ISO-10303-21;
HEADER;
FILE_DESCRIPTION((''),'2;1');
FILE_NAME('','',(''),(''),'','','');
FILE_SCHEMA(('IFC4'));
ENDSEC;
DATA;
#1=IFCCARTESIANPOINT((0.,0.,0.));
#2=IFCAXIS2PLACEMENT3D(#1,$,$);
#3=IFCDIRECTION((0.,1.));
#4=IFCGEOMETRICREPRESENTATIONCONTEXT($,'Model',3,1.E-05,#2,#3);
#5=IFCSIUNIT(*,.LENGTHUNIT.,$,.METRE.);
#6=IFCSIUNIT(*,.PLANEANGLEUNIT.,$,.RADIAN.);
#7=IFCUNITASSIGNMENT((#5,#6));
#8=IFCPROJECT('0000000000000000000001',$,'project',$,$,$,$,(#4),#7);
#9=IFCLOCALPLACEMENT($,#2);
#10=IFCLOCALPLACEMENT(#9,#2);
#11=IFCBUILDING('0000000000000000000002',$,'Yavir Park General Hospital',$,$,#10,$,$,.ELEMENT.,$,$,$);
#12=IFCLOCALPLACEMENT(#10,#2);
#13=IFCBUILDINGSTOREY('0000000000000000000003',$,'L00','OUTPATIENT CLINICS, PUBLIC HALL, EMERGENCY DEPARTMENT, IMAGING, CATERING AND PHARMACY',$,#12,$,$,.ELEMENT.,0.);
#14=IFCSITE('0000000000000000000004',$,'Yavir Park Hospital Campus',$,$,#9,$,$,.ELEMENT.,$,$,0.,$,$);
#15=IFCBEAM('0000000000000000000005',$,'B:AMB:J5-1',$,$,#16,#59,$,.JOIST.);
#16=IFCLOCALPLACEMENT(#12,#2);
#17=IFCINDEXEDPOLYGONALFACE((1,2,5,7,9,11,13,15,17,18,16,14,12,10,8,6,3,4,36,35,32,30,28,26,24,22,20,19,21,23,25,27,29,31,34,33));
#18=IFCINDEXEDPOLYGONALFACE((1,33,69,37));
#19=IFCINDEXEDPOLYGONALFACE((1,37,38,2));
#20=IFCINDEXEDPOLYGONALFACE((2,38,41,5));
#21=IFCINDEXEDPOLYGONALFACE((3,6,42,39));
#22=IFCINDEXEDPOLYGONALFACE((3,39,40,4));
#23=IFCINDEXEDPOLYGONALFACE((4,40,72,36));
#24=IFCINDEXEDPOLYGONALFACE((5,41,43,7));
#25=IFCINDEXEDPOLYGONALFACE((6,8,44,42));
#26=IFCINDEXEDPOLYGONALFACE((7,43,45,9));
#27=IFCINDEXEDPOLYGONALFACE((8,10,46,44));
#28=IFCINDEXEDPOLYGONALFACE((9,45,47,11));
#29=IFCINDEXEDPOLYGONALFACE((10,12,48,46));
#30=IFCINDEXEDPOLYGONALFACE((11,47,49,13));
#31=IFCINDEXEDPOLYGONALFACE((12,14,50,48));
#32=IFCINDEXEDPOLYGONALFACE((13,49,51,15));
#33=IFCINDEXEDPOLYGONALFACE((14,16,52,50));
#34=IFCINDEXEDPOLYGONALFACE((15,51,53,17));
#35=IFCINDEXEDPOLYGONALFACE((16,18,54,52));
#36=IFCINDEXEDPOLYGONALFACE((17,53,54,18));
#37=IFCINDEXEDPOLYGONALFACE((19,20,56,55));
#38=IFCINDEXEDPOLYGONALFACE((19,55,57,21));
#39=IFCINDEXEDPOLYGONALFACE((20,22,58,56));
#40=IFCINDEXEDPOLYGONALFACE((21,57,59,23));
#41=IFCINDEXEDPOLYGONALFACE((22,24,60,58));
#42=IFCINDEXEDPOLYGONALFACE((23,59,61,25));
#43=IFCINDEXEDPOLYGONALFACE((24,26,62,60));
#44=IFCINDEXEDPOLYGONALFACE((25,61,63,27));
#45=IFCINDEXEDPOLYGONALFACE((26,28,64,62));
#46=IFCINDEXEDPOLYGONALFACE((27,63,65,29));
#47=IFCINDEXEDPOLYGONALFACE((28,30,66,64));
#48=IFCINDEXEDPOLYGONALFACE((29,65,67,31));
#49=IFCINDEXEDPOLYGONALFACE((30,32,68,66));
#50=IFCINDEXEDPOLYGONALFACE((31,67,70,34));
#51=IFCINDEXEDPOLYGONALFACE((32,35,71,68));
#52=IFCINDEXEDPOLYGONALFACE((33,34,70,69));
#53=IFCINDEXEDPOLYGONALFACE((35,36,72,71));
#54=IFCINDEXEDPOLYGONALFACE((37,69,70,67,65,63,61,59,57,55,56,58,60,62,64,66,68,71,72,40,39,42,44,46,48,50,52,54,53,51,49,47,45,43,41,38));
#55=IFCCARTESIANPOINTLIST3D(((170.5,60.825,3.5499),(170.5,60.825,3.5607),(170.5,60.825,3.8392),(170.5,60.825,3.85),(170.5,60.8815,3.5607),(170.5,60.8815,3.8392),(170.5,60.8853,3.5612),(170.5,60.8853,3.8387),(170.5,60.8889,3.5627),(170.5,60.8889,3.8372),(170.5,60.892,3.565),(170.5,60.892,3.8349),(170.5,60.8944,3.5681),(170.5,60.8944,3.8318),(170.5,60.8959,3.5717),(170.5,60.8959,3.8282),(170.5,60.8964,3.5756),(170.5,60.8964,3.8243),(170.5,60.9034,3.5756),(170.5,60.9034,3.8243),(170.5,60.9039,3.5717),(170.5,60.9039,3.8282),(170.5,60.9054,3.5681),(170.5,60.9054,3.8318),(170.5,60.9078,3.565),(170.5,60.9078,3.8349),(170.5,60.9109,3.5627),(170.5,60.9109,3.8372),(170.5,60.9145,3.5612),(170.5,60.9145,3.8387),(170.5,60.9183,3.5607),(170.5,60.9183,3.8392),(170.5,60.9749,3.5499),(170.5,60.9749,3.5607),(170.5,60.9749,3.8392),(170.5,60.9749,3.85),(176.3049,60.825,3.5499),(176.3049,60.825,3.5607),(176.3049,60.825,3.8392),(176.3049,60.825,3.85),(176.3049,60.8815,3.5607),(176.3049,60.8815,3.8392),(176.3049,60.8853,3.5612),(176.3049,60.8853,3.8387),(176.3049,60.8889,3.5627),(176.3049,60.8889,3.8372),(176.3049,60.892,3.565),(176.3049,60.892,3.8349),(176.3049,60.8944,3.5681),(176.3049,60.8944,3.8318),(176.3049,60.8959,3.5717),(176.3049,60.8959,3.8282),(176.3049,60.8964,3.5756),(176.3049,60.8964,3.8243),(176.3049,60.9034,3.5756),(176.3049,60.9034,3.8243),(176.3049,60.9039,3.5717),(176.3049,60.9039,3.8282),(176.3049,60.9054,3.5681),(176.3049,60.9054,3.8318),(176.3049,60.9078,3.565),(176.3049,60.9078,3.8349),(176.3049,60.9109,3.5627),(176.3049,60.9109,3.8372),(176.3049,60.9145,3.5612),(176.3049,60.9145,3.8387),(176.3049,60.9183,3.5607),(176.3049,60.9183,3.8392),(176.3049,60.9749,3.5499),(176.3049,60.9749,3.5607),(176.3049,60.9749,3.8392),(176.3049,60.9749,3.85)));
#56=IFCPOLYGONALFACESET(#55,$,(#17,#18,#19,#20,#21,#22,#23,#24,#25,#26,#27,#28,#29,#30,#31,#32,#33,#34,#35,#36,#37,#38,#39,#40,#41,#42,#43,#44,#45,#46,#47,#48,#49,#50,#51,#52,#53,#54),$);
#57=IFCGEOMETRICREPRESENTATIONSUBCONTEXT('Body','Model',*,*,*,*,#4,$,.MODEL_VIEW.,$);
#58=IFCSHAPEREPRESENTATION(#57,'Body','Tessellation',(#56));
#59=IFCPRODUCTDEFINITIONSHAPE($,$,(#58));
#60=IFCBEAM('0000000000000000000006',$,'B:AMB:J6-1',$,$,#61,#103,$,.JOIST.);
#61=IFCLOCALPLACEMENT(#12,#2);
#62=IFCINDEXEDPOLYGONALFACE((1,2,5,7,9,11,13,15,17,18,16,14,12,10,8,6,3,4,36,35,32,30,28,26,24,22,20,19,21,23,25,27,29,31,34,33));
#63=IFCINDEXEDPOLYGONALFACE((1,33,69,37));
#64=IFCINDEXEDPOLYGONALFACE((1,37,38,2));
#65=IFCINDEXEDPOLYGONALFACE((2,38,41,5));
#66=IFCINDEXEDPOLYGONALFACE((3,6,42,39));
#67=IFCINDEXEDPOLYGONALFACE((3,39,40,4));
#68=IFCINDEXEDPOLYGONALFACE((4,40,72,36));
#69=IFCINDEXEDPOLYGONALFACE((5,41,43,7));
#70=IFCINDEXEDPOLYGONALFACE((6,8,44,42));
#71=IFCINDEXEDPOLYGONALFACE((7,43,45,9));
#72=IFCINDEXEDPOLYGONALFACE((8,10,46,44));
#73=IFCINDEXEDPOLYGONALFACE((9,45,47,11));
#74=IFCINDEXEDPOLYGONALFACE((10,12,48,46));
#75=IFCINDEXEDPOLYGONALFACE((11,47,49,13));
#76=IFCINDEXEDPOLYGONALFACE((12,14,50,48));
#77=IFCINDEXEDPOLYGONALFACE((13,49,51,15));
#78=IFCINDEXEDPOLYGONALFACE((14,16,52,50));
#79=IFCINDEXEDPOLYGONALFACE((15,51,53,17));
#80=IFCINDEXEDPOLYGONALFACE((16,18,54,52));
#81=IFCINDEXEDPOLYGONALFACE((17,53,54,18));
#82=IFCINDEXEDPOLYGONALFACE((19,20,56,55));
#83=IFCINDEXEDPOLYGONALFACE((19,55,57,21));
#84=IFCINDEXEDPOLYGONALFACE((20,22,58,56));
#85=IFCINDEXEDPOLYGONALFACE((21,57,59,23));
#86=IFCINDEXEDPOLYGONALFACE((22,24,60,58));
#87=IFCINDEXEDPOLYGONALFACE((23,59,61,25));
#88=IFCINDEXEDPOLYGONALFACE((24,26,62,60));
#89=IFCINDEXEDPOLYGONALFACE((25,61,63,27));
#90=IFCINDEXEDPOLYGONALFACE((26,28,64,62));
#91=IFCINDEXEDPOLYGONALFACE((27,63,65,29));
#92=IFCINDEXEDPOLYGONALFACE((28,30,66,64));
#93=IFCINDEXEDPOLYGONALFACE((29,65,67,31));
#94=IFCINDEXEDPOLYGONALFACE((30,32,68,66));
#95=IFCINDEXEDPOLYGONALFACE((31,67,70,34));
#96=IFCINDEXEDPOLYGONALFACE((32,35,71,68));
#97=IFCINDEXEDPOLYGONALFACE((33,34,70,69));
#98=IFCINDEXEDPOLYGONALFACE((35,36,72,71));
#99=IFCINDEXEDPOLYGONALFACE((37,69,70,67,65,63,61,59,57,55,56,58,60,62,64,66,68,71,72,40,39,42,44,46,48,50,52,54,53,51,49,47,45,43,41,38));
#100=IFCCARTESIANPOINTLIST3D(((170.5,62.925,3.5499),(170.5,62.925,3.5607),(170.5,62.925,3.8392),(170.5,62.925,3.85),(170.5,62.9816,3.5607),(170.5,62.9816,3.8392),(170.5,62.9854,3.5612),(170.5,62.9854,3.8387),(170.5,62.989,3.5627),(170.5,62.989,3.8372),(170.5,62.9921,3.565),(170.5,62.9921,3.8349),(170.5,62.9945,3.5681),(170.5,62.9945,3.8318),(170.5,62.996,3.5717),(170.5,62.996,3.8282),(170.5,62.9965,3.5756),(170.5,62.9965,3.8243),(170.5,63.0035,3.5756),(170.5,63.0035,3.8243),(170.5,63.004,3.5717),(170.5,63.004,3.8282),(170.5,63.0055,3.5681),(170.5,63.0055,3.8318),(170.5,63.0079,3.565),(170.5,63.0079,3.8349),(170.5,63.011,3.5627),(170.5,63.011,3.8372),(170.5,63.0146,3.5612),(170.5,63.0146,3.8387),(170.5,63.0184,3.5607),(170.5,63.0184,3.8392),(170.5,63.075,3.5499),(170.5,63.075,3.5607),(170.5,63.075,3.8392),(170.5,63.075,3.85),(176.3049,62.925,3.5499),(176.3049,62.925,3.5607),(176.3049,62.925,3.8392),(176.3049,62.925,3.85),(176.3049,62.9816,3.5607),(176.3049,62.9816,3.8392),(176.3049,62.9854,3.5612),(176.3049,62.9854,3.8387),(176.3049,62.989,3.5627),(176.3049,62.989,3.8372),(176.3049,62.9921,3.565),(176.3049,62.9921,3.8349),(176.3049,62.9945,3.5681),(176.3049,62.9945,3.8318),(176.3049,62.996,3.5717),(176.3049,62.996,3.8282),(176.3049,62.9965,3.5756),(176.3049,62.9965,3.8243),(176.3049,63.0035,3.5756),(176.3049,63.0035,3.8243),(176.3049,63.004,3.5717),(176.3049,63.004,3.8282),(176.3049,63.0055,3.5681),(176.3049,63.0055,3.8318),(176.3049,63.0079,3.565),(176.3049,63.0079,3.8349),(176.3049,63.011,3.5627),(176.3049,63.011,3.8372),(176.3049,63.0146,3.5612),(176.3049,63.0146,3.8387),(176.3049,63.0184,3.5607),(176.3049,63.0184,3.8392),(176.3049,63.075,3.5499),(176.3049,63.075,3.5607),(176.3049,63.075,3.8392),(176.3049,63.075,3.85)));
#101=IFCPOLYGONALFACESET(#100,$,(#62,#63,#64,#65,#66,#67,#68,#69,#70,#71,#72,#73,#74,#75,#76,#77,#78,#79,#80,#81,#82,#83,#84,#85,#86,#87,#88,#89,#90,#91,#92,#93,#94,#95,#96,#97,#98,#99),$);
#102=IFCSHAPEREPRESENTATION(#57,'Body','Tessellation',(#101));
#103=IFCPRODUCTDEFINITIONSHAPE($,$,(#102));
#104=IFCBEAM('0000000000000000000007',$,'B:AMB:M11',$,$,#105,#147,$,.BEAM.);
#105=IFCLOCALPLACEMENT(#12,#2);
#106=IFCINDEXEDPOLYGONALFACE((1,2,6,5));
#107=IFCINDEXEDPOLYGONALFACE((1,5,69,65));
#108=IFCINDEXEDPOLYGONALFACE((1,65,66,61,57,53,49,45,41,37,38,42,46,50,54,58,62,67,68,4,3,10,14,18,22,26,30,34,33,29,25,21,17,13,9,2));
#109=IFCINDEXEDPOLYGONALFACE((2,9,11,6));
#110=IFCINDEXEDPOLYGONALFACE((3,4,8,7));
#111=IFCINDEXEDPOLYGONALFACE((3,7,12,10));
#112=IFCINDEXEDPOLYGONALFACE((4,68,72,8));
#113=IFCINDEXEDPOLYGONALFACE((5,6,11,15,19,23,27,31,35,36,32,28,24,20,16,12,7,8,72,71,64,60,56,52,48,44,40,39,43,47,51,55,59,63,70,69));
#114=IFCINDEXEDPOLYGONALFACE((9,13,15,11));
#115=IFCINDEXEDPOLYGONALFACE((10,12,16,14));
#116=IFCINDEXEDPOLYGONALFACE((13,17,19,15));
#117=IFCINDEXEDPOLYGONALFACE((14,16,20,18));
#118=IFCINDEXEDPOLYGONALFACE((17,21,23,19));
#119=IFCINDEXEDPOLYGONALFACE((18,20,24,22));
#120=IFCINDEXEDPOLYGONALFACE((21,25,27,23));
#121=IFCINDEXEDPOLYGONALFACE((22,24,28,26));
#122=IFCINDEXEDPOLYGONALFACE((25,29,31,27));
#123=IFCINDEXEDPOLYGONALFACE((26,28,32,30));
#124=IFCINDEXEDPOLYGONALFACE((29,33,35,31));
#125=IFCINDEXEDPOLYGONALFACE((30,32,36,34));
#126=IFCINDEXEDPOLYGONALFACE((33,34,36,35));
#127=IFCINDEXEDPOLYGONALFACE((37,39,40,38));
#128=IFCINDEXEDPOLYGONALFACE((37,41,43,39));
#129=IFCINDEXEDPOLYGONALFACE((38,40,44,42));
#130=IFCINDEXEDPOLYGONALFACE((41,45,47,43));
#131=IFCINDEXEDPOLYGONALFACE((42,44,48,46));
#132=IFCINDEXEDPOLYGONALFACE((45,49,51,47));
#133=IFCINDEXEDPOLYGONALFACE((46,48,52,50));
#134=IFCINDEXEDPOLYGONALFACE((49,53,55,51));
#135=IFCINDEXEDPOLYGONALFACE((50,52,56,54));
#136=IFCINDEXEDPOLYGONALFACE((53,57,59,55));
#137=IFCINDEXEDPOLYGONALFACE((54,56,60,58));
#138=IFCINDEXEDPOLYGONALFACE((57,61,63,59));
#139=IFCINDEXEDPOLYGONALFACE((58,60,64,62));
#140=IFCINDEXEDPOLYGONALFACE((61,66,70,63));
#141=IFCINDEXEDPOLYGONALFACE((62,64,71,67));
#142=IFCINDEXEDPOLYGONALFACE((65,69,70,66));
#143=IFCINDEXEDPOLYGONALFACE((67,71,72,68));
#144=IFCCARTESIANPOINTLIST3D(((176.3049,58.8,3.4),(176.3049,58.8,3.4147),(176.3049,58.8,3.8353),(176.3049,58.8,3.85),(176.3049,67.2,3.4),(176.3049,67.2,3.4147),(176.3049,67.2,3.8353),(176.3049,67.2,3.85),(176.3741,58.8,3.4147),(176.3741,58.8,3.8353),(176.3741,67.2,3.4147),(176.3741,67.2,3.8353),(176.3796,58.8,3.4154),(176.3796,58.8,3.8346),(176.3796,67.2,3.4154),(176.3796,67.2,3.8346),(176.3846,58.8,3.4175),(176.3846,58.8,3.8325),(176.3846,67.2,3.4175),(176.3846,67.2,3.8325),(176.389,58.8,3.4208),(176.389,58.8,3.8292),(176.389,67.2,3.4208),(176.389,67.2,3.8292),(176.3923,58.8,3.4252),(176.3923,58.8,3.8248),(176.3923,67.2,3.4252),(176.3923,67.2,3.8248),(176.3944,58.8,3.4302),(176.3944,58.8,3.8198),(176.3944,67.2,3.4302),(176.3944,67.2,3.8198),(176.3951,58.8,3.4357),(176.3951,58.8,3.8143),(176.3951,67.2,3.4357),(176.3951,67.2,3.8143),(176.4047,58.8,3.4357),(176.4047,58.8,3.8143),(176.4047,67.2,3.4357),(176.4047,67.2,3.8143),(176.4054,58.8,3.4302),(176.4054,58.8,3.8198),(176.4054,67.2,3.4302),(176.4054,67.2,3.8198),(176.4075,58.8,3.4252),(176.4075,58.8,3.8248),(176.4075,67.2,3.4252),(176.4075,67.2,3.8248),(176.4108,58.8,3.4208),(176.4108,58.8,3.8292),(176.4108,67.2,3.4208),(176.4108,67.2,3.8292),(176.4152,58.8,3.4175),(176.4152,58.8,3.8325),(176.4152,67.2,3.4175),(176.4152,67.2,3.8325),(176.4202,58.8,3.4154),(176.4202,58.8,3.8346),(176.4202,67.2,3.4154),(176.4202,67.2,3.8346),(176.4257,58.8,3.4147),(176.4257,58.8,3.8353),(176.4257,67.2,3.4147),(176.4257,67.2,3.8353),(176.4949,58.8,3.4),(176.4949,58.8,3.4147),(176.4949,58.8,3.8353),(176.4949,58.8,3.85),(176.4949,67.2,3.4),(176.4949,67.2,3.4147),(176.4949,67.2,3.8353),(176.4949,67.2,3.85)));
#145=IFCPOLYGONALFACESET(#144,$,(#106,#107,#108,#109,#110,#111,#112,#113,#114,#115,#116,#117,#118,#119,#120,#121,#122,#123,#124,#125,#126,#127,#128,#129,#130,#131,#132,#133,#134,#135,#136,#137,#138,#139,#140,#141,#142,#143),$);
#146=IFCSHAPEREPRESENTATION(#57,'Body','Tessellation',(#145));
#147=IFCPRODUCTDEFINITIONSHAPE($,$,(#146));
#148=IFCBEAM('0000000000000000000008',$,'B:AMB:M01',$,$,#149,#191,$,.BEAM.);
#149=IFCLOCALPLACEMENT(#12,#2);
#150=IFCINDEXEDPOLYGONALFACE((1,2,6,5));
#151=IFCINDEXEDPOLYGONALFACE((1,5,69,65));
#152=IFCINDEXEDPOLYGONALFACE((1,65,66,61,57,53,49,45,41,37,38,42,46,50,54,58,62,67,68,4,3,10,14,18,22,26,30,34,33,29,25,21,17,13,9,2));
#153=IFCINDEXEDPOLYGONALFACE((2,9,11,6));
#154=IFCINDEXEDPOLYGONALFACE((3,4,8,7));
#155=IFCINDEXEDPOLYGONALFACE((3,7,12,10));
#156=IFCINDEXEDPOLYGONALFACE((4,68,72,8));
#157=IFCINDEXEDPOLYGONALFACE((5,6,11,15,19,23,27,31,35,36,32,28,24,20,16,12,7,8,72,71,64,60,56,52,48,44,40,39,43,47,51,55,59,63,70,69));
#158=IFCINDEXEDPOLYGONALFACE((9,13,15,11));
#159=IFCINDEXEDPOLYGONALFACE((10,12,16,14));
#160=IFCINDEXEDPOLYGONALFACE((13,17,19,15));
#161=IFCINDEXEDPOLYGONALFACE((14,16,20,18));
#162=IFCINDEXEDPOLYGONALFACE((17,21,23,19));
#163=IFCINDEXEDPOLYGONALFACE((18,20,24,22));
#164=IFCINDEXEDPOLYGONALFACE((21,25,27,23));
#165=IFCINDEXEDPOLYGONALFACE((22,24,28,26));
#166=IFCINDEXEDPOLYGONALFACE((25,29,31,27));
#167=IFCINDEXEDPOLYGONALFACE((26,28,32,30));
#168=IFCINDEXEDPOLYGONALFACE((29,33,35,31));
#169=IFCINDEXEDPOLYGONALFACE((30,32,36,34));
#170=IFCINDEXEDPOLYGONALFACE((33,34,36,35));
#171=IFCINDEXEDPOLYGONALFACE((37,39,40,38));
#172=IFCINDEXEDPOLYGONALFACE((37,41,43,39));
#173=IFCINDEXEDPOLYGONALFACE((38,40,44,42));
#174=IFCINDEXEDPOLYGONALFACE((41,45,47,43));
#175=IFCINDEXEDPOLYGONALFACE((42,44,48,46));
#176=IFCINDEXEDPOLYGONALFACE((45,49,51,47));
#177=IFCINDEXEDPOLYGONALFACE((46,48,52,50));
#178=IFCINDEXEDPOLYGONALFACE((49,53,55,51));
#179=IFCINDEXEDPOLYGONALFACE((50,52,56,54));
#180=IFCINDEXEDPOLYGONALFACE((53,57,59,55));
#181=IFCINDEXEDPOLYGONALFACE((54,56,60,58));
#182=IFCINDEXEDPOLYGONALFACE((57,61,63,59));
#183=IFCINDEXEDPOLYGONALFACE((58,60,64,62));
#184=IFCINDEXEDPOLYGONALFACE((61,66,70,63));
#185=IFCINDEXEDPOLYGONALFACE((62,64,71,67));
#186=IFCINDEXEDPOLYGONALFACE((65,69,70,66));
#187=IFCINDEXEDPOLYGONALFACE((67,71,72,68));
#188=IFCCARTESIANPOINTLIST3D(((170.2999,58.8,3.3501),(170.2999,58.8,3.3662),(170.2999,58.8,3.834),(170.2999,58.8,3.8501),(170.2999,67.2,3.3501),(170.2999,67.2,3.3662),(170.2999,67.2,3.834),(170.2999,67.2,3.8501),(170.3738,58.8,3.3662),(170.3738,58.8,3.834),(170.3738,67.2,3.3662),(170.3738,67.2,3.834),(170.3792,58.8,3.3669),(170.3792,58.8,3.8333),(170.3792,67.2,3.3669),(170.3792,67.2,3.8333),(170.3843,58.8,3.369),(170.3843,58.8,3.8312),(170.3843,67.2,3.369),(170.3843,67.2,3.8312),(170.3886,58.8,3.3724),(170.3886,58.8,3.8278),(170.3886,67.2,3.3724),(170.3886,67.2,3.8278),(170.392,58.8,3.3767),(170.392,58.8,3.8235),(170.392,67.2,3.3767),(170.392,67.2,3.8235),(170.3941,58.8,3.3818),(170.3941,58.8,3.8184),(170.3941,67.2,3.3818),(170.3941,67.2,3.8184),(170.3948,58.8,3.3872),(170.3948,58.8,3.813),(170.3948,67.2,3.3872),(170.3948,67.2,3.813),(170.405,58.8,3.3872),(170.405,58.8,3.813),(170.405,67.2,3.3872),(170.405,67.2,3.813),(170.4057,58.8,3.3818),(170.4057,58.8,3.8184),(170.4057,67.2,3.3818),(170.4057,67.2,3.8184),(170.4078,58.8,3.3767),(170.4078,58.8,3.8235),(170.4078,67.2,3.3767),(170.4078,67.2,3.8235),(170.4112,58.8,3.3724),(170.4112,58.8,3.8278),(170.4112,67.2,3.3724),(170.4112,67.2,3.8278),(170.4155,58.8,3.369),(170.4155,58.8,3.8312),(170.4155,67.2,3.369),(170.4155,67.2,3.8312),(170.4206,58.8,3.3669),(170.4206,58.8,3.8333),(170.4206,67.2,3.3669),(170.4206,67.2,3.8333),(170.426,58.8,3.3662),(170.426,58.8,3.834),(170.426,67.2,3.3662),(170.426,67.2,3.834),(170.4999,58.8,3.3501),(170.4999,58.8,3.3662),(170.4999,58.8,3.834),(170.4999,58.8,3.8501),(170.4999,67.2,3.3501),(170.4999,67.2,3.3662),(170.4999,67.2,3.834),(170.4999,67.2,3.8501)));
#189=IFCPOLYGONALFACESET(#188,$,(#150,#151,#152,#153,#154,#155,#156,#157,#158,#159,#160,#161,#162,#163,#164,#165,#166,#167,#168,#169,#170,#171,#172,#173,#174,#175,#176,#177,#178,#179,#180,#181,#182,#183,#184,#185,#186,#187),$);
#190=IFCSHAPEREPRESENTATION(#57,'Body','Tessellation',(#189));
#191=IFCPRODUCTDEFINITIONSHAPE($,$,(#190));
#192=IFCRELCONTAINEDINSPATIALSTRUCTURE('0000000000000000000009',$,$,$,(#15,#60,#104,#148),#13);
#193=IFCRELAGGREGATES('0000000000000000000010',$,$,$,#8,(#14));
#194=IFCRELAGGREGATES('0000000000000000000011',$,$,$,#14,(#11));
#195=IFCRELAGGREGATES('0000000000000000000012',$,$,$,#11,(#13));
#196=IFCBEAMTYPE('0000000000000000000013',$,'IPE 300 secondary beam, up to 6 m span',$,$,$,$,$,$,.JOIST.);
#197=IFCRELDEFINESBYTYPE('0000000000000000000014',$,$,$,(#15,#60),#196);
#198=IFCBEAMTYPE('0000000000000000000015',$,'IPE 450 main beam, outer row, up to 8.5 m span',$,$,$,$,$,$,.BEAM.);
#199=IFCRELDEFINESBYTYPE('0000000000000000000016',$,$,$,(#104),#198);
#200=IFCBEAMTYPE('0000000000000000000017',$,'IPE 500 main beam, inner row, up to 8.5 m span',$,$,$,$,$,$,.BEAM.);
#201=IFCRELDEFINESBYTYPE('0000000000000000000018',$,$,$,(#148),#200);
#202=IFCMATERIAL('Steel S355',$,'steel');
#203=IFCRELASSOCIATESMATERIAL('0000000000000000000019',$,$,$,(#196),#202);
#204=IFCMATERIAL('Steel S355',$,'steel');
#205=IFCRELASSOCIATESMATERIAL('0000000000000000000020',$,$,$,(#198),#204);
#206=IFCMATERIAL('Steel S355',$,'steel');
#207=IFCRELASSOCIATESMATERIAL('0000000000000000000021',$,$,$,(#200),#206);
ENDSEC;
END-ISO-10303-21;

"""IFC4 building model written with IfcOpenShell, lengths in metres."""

from ifc_helpers import new_model, si_unit, direction, frame, origin, origin_2d, place, context, subcontext, project, spatial, i_section, extrude, material, material_profile, profile_set, type_object, element, save


model = new_model("IFC4")

# Units and contexts
model_context = context("Model", 3, precision=1e-05, world=origin(), true_north=direction((0.0, 1.0)))
body_context = subcontext(model_context, "Body", "Model", "MODEL_VIEW")
ifc_project = project(units=[si_unit("LENGTHUNIT", "METRE"), si_unit("PLANEANGLEUNIT", "RADIAN")], contexts=[model_context])

# Site, building, storey
site_placement = place(None, origin())
site = spatial("IfcSite", under=ifc_project, at=site_placement, Name="Yavir Park Hospital Campus", CompositionType="ELEMENT", RefElevation=0.0)
building_placement = place(site_placement, origin())
building = spatial("IfcBuilding", under=site, at=building_placement, Name="Yavir Park General Hospital", CompositionType="ELEMENT")
storey_placement = place(building_placement, origin())
storey = spatial("IfcBuildingStorey", under=building, at=storey_placement, Name="L00", Description="OUTPATIENT CLINICS, PUBLIC HALL, EMERGENCY DEPARTMENT, IMAGING, CATERING AND PHARMACY", CompositionType="ELEMENT", Elevation=0.0)

# Beams
ifc_material_1 = material(Name="Steel S355", Category="steel")
ifc_material_profile_1 = material_profile(ifc_material_1, i_section(OverallWidth=0.1499, OverallDepth=0.3, WebThickness=0.0071, FlangeThickness=0.0107, FilletRadius=0.0149, at=origin_2d()), Name="IPE300")
ifc_profile_set_1 = profile_set([ifc_material_profile_1], Name="Steel S355")
beam_type_1 = type_object("IfcBeamType", Name="IPE 300 secondary beam, up to 6 m span", PredefinedType="JOIST", material=ifc_profile_set_1)
for number, where, z_axis, x_axis, name in (
    (1, (170.5, 60.8999, 3.7), (1.0, 0.0, 0.0), (0.0, 1.0, 0.0), "B:AMB:J5-1"),
    (2, (170.5, 63.0, 3.7), (1.0, 0.0, 0.0), (0.0, 1.0, 0.0), "B:AMB:J6-1"),
):
    element("IfcBeam", number, at=place(storey_placement, frame(where, z_axis=z_axis, x_axis=x_axis)), inside=storey, type_object=beam_type_1, Name=name, PredefinedType="JOIST", context=body_context, shape_type="SweptSolid", body=[
        extrude(i_section(OverallWidth=0.1499, OverallDepth=0.3, WebThickness=0.0071, FlangeThickness=0.0107, FilletRadius=0.0149, at=origin_2d()), origin(), (0.0, 0.0, 1.0), 5.8049),
    ])
ifc_material_2 = material(Name="Steel S355", Category="steel")
ifc_material_profile_2 = material_profile(ifc_material_2, i_section(OverallWidth=0.1899, OverallDepth=0.45, WebThickness=0.0095, FlangeThickness=0.0146, FilletRadius=0.021, at=origin_2d()), Name="IPE450")
ifc_profile_set_2 = profile_set([ifc_material_profile_2], Name="Steel S355")
beam_type_2 = type_object("IfcBeamType", Name="IPE 450 main beam, outer row, up to 8.5 m span", PredefinedType="BEAM", material=ifc_profile_set_2)
beam_1_placement = place(storey_placement, frame((176.3999, 58.8, 3.625), z_axis=(0.0, 1.0, 0.0), x_axis=(-1.0, 0.0, 0.0)))
element("IfcBeam", 3, at=beam_1_placement, inside=storey, type_object=beam_type_2, Name="B:AMB:M11", PredefinedType="BEAM", context=body_context, shape_type="SweptSolid", body=[
    extrude(i_section(OverallWidth=0.1899, OverallDepth=0.45, WebThickness=0.0095, FlangeThickness=0.0146, FilletRadius=0.021, at=origin_2d()), origin(), (0.0, 0.0, 1.0), 8.3999),
])
ifc_material_3 = material(Name="Steel S355", Category="steel")
ifc_material_profile_3 = material_profile(ifc_material_3, i_section(OverallWidth=0.2, OverallDepth=0.5, WebThickness=0.0103, FlangeThickness=0.0161, FilletRadius=0.021, at=origin_2d()), Name="IPE500")
ifc_profile_set_3 = profile_set([ifc_material_profile_3], Name="Steel S355")
beam_type_3 = type_object("IfcBeamType", Name="IPE 500 main beam, inner row, up to 8.5 m span", PredefinedType="BEAM", material=ifc_profile_set_3)
beam_2_placement = place(storey_placement, frame((170.3999, 58.8, 3.6001), z_axis=(0.0, 1.0, 0.0), x_axis=(-1.0, 0.0, 0.0)))
element("IfcBeam", 4, at=beam_2_placement, inside=storey, type_object=beam_type_3, Name="B:AMB:M01", PredefinedType="BEAM", context=body_context, shape_type="SweptSolid", body=[
    extrude(i_section(OverallWidth=0.2, OverallDepth=0.5, WebThickness=0.0103, FlangeThickness=0.0161, FilletRadius=0.021, at=origin_2d()), origin(), (0.0, 0.0, 1.0), 8.3999),
])

save(model, "model.ifc")
